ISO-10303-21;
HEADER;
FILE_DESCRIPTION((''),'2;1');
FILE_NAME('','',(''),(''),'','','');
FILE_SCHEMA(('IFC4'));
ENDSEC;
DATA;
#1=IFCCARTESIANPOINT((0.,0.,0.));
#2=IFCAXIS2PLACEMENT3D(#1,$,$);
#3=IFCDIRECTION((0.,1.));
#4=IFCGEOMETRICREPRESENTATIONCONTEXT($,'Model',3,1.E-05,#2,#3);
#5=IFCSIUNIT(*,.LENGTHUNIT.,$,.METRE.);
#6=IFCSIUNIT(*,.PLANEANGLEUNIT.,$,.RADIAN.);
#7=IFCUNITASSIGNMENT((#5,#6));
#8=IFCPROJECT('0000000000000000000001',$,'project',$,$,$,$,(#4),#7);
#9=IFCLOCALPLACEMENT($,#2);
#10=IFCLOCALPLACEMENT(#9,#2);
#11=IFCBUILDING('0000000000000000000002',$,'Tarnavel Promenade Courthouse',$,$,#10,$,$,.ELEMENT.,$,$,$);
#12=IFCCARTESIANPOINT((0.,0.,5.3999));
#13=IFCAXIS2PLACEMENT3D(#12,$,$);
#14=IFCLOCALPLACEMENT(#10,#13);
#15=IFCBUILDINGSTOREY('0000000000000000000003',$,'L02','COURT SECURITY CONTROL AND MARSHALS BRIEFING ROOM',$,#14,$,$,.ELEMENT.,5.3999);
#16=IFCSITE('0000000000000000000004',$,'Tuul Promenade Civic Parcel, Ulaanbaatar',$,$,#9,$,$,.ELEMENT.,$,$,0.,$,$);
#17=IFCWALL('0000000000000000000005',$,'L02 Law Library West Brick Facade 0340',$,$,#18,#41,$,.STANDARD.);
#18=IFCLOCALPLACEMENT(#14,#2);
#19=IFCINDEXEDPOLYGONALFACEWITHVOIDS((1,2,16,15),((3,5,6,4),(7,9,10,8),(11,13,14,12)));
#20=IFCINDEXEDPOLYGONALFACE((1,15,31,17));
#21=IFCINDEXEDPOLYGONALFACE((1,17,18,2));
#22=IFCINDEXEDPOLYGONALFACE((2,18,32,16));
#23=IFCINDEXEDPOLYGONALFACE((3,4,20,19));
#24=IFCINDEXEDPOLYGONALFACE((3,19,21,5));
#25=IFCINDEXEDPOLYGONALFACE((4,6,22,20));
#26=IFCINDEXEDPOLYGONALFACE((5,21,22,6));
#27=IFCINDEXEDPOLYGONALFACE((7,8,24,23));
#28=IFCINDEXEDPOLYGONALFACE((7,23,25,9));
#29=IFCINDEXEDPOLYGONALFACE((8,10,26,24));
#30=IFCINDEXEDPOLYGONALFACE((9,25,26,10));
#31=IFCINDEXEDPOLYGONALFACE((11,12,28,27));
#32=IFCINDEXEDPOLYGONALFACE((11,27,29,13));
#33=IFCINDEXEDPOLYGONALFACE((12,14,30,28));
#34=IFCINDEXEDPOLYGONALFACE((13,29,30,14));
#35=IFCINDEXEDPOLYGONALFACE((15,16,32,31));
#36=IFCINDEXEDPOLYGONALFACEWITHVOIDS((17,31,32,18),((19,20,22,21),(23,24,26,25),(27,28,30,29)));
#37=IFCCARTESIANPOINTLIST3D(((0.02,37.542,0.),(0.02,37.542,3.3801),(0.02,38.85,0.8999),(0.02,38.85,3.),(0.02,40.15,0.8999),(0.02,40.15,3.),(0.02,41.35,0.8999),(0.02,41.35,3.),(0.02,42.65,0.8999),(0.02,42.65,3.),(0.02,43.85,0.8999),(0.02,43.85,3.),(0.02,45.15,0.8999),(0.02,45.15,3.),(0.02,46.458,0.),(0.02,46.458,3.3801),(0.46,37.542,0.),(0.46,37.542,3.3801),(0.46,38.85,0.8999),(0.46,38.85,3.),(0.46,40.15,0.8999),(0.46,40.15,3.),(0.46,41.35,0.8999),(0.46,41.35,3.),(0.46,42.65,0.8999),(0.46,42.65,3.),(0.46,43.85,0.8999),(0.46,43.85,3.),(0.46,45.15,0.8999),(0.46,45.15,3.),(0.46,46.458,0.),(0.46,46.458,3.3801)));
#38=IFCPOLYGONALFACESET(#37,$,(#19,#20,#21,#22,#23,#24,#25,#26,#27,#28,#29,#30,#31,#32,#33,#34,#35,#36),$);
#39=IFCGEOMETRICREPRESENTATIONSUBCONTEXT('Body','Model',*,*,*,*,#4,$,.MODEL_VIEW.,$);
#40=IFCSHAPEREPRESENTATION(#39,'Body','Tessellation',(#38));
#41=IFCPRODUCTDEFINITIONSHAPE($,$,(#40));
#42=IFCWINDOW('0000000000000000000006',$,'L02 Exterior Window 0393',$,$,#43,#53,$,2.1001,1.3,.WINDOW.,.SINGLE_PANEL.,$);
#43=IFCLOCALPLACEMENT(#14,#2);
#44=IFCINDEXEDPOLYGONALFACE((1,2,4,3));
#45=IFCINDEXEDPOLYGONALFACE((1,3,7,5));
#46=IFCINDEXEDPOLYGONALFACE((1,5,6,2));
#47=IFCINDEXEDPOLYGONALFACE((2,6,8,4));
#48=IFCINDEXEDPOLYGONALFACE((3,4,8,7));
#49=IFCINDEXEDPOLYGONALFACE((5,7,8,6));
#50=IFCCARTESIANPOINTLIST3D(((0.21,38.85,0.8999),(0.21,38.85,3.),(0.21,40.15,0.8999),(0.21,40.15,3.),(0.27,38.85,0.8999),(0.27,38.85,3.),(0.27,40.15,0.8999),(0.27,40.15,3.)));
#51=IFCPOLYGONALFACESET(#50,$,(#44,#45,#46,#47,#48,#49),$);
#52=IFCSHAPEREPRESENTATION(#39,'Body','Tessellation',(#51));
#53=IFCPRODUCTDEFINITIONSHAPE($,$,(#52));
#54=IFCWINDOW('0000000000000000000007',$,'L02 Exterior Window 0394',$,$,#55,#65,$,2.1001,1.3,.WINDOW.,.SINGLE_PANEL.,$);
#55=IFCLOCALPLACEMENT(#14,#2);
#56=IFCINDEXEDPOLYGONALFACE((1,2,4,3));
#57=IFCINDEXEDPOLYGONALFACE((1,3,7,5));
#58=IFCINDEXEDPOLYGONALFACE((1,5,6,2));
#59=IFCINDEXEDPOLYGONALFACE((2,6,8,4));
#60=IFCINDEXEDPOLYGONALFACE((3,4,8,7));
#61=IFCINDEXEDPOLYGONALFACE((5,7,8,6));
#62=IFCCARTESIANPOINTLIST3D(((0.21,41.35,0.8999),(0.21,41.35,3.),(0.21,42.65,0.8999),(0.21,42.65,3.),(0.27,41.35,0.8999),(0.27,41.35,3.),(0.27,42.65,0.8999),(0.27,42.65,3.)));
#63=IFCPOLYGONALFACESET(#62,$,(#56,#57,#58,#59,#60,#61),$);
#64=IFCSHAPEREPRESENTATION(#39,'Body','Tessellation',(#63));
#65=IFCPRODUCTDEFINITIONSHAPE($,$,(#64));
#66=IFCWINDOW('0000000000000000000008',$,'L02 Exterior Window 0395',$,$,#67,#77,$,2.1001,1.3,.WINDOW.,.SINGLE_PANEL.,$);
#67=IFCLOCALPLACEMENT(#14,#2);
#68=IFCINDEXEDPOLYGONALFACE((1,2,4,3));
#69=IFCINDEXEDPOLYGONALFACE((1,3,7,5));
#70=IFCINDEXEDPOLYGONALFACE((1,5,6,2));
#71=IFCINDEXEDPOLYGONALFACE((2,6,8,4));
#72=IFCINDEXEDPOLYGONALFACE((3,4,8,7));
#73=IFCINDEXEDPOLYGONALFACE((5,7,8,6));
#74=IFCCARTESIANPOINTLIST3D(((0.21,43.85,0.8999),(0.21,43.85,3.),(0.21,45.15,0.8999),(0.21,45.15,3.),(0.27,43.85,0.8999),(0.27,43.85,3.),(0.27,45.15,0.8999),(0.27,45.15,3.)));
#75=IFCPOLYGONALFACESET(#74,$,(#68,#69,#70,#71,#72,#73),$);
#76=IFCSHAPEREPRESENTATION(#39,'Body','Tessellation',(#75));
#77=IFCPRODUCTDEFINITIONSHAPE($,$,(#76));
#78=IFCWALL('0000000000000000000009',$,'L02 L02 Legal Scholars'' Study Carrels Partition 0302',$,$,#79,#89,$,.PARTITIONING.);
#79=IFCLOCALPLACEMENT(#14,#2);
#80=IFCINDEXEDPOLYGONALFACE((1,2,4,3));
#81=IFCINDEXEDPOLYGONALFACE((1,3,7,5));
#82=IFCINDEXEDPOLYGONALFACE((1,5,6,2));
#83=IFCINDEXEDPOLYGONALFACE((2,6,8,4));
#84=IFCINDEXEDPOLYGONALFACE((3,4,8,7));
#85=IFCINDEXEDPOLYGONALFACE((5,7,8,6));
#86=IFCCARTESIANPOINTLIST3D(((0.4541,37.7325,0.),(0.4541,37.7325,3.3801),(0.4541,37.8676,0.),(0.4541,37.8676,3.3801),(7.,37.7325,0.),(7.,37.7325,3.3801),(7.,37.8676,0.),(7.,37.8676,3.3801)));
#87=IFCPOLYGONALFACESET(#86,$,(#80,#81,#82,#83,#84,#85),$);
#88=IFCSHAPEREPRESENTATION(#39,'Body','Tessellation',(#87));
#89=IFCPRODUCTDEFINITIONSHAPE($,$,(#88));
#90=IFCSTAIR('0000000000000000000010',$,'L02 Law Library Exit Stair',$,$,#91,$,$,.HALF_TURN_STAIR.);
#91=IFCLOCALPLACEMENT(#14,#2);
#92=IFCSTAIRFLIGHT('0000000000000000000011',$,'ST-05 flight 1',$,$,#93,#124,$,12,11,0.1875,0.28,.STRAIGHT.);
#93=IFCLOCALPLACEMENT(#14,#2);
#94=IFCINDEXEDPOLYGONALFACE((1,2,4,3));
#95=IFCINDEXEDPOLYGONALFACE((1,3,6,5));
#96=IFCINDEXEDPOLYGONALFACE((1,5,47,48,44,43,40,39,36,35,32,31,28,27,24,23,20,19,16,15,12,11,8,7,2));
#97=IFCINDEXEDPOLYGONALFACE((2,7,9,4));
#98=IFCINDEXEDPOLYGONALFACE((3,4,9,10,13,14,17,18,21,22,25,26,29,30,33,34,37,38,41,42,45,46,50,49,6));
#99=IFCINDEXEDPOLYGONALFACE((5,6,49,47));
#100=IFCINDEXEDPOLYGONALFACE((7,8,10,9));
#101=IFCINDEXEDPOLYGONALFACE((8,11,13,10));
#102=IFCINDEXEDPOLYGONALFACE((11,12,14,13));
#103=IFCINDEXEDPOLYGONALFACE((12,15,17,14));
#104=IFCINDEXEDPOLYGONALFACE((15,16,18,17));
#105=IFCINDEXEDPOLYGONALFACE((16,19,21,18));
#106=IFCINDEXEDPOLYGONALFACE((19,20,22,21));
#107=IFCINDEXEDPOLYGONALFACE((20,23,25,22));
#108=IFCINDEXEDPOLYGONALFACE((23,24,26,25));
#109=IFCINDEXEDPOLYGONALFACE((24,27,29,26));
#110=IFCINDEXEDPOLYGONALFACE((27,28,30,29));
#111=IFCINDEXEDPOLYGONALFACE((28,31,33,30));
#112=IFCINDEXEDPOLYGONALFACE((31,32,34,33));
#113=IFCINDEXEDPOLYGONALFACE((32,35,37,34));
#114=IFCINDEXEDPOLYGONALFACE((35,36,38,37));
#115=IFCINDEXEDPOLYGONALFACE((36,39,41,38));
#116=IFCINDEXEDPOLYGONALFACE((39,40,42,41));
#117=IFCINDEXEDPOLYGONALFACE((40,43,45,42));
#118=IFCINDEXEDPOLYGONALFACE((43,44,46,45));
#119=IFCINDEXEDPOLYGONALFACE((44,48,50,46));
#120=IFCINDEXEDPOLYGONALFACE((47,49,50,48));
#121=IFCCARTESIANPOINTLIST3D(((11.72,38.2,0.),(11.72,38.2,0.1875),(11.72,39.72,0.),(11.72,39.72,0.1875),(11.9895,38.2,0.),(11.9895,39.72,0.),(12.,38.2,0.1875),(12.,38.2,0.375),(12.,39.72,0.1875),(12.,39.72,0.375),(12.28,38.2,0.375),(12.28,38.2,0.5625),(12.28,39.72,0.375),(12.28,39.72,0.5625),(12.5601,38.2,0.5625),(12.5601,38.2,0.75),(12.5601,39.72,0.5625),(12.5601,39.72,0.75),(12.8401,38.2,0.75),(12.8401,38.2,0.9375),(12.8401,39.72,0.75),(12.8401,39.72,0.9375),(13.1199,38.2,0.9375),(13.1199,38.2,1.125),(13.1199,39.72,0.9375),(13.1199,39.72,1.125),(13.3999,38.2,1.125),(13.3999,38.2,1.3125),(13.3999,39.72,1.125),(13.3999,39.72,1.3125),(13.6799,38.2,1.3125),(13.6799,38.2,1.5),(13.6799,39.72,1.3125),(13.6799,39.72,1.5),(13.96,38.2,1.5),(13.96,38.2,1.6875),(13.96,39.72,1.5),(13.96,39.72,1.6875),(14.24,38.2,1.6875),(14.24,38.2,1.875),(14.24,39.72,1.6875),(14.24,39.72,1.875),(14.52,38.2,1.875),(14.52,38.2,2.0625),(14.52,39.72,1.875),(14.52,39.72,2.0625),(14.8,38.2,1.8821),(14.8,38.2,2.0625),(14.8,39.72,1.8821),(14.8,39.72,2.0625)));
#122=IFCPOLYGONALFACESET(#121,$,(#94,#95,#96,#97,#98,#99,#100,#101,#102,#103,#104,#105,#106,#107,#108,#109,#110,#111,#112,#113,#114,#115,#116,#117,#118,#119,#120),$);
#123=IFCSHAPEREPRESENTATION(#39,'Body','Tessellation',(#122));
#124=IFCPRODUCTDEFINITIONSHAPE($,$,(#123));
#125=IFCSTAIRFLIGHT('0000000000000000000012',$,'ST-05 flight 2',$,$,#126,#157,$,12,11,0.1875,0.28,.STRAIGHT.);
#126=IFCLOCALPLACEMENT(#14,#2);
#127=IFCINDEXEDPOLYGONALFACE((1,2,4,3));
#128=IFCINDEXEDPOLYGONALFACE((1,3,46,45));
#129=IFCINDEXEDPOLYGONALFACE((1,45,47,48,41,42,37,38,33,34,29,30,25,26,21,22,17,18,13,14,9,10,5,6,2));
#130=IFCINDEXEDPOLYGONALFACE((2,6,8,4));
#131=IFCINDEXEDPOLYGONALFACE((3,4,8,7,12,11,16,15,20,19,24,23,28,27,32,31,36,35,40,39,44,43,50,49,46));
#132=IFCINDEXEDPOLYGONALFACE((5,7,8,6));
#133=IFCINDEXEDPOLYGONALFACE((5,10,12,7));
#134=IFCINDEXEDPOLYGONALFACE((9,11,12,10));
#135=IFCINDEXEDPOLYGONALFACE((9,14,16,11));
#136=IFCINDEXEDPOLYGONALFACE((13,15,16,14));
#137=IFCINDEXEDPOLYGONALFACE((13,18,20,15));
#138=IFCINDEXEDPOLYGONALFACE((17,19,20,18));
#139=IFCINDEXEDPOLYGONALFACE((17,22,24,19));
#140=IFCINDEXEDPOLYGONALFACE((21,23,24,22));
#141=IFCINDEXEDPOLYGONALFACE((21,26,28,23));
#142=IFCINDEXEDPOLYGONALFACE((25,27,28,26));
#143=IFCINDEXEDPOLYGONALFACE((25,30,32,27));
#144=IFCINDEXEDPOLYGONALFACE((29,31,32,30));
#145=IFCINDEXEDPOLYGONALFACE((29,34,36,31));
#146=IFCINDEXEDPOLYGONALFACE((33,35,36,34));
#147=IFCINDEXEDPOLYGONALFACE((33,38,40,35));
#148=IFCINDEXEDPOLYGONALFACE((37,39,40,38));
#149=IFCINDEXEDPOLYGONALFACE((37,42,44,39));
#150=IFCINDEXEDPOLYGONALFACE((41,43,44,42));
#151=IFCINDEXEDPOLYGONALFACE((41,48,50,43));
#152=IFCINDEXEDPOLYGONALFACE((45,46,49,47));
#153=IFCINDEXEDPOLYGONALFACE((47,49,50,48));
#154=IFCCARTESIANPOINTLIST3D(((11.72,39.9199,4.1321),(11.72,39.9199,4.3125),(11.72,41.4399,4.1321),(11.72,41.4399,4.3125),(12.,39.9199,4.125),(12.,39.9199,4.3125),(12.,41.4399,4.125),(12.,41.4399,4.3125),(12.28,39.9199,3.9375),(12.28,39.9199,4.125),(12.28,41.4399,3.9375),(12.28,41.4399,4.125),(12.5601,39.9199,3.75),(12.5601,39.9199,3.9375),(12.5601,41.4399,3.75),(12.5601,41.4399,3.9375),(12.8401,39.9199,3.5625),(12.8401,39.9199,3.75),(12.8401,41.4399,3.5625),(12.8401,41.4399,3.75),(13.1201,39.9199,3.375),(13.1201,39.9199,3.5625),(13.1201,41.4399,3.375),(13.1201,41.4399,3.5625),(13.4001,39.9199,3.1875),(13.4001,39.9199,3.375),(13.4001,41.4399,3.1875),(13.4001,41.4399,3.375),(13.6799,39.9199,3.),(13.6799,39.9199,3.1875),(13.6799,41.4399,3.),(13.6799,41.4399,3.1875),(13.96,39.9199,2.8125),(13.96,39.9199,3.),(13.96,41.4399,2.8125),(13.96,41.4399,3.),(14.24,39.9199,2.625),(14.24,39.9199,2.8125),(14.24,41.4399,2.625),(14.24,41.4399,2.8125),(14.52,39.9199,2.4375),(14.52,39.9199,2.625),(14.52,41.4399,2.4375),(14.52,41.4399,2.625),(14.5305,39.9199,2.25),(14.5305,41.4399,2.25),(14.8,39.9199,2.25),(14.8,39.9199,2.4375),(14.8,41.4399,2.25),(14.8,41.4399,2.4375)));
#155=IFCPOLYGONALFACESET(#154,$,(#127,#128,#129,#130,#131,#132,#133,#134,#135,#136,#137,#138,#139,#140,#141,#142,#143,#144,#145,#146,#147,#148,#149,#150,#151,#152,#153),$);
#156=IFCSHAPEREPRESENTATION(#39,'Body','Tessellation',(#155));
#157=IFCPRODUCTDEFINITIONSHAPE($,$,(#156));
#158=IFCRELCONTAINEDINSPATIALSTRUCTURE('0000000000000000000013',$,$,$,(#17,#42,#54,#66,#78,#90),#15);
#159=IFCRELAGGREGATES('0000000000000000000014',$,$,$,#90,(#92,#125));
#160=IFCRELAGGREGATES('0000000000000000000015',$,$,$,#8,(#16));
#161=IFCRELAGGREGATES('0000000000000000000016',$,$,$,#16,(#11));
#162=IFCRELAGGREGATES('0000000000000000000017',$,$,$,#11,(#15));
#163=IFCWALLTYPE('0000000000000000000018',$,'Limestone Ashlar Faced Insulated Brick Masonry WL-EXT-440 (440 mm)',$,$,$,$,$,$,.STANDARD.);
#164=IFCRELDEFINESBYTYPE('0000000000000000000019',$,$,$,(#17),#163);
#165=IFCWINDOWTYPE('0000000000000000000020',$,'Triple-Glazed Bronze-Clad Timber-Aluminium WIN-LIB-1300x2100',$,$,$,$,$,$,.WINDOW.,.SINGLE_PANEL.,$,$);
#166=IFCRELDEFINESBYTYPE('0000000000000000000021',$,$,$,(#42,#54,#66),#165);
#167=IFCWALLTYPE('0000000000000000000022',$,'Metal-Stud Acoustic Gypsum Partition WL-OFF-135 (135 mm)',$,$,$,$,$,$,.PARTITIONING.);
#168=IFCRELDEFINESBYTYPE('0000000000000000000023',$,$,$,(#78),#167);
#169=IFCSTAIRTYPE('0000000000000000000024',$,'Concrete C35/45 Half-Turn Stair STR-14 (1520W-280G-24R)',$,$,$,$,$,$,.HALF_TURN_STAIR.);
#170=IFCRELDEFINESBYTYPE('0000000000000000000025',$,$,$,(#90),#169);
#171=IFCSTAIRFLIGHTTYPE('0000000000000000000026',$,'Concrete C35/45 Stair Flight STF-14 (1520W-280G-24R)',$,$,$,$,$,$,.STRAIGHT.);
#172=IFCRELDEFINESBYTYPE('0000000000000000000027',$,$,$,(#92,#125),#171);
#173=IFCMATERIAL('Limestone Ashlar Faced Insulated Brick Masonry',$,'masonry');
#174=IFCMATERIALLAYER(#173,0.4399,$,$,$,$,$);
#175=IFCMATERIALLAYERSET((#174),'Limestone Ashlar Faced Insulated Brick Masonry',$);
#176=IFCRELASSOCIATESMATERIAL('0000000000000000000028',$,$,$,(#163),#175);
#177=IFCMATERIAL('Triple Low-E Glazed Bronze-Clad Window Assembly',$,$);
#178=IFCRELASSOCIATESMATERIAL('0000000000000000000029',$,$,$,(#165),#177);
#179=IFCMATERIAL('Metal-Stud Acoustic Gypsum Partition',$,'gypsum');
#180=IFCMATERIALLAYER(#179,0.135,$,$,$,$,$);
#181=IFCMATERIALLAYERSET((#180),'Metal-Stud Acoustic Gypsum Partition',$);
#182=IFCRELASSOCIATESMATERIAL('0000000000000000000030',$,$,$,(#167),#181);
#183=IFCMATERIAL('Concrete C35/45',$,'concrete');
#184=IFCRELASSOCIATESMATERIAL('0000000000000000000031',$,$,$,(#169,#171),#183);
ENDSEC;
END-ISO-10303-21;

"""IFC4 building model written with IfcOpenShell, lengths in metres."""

from ifc_helpers import new_model, si_unit, direction, frame, frame_2d, origin, place, context, subcontext, project, spatial, polyline, rectangle, outline, extrude, material, layer, layer_set, type_object, element, fill, aggregate, save


model = new_model("IFC4")

# Units and contexts
model_context = context("Model", 3, precision=1e-05, world=origin(), true_north=direction((0.0, 1.0)))
body_context = subcontext(model_context, "Body", "Model", "MODEL_VIEW")
ifc_project = project(units=[si_unit("LENGTHUNIT", "METRE"), si_unit("PLANEANGLEUNIT", "RADIAN")], contexts=[model_context])

# Site, building, storey
site_placement = place(None, origin())
site = spatial("IfcSite", under=ifc_project, at=site_placement, Name="Tuul Promenade Civic Parcel, Ulaanbaatar", CompositionType="ELEMENT", RefElevation=0.0)
building_placement = place(site_placement, origin())
building = spatial("IfcBuilding", under=site, at=building_placement, Name="Tarnavel Promenade Courthouse", CompositionType="ELEMENT")
storey_placement = place(building_placement, frame((0.0, 0.0, 5.3999)))
storey = spatial("IfcBuildingStorey", under=building, at=storey_placement, Name="L02", Description="COURT SECURITY CONTROL AND MARSHALS BRIEFING ROOM", CompositionType="ELEMENT", Elevation=5.3999)

# Wall, openings, windows
ifc_material_1 = material(Name="Limestone Ashlar Faced Insulated Brick Masonry", Category="masonry")
ifc_layer_1 = layer(ifc_material_1, 0.4399)
ifc_layer_set_1 = layer_set([ifc_layer_1], Name="Limestone Ashlar Faced Insulated Brick Masonry")
wall_type_1 = type_object("IfcWallType", Name="Limestone Ashlar Faced Insulated Brick Masonry WL-EXT-440 (440 mm)", PredefinedType="STANDARD", material=ifc_layer_set_1)
wall_1_placement = place(storey_placement, frame((0.24, 37.542, 0.0), z_axis=(0.0, 0.0, 1.0), x_axis=(0.0, 1.0, 0.0)))
wall_1 = element("IfcWall", 1, at=wall_1_placement, inside=storey, type_object=wall_type_1, Name="L02 Law Library West Brick Facade 0340", PredefinedType="STANDARD", context=body_context, shape_type="SweptSolid", body=[
    extrude(rectangle(XDim=8.916, YDim=0.4399, at=frame_2d((4.458, 0.0))), origin(), (0.0, 0.0, 1.0), 3.3801),
])
opening_1_placement = place(wall_1_placement, frame((1.3081, 0.0, 0.8999)))
opening_1 = element("IfcOpeningElement", 2, at=opening_1_placement, cuts=wall_1, PredefinedType="OPENING", context=body_context, shape_type="SweptSolid", body=[
    extrude(rectangle(XDim=1.3, YDim=2.1001, at=frame_2d((0.6499, 1.05))), frame((0.0, 0.23, 0.0), z_axis=(0.0, -1.0, 0.0), x_axis=(1.0, 0.0, 0.0)), (0.0, 0.0, 1.0), 0.46),
])
opening_2_placement = place(wall_1_placement, frame((3.8081, 0.0, 0.8999)))
opening_2 = element("IfcOpeningElement", 3, at=opening_2_placement, cuts=wall_1, PredefinedType="OPENING", context=body_context, shape_type="SweptSolid", body=[
    extrude(rectangle(XDim=1.3, YDim=2.1001, at=frame_2d((0.6499, 1.05))), frame((0.0, 0.23, 0.0), z_axis=(0.0, -1.0, 0.0), x_axis=(1.0, 0.0, 0.0)), (0.0, 0.0, 1.0), 0.46),
])
opening_3_placement = place(wall_1_placement, frame((6.3081, 0.0, 0.8999)))
opening_3 = element("IfcOpeningElement", 4, at=opening_3_placement, cuts=wall_1, PredefinedType="OPENING", context=body_context, shape_type="SweptSolid", body=[
    extrude(rectangle(XDim=1.3, YDim=2.1001, at=frame_2d((0.6499, 1.05))), frame((0.0, 0.23, 0.0), z_axis=(0.0, -1.0, 0.0), x_axis=(1.0, 0.0, 0.0)), (0.0, 0.0, 1.0), 0.46),
])
ifc_material_2 = material(Name="Triple Low-E Glazed Bronze-Clad Window Assembly")
window_type = type_object("IfcWindowType", Name="Triple-Glazed Bronze-Clad Timber-Aluminium WIN-LIB-1300x2100", PartitioningType="SINGLE_PANEL", PredefinedType="WINDOW", material=ifc_material_2)
window_1_placement = place(opening_1_placement, origin())
window_1 = element("IfcWindow", 5, at=window_1_placement, inside=storey, type_object=window_type, Name="L02 Exterior Window 0393", OverallHeight=2.1001, OverallWidth=1.3, PartitioningType="SINGLE_PANEL", PredefinedType="WINDOW", context=body_context, shape_type="SweptSolid", body=[
    extrude(rectangle(XDim=1.3, YDim=2.1001, at=frame_2d((0.6499, 1.05))), frame((0.0, 0.03, 0.0), z_axis=(0.0, -1.0, 0.0), x_axis=(1.0, 0.0, 0.0)), (0.0, 0.0, 1.0), 0.0601),
])
fill(opening_1, window_1)
window_2_placement = place(opening_2_placement, origin())
window_2 = element("IfcWindow", 6, at=window_2_placement, inside=storey, type_object=window_type, Name="L02 Exterior Window 0394", OverallHeight=2.1001, OverallWidth=1.3, PartitioningType="SINGLE_PANEL", PredefinedType="WINDOW", context=body_context, shape_type="SweptSolid", body=[
    extrude(rectangle(XDim=1.3, YDim=2.1001, at=frame_2d((0.6499, 1.05))), frame((0.0, 0.03, 0.0), z_axis=(0.0, -1.0, 0.0), x_axis=(1.0, 0.0, 0.0)), (0.0, 0.0, 1.0), 0.0601),
])
fill(opening_2, window_2)
window_3_placement = place(opening_3_placement, origin())
window_3 = element("IfcWindow", 7, at=window_3_placement, inside=storey, type_object=window_type, Name="L02 Exterior Window 0395", OverallHeight=2.1001, OverallWidth=1.3, PartitioningType="SINGLE_PANEL", PredefinedType="WINDOW", context=body_context, shape_type="SweptSolid", body=[
    extrude(rectangle(XDim=1.3, YDim=2.1001, at=frame_2d((0.6499, 1.05))), frame((0.0, 0.03, 0.0), z_axis=(0.0, -1.0, 0.0), x_axis=(1.0, 0.0, 0.0)), (0.0, 0.0, 1.0), 0.0601),
])
fill(opening_3, window_3)

# Wall
ifc_material_3 = material(Name="Metal-Stud Acoustic Gypsum Partition", Category="gypsum")
ifc_layer_2 = layer(ifc_material_3, 0.135)
ifc_layer_set_2 = layer_set([ifc_layer_2], Name="Metal-Stud Acoustic Gypsum Partition")
wall_type_2 = type_object("IfcWallType", Name="Metal-Stud Acoustic Gypsum Partition WL-OFF-135 (135 mm)", PredefinedType="PARTITIONING", material=ifc_layer_set_2)
wall_2_placement = place(storey_placement, frame((7.0, 37.8, 0.0), z_axis=(0.0, 0.0, 1.0), x_axis=(-1.0, 0.0, 0.0)))
element("IfcWall", 8, at=wall_2_placement, inside=storey, type_object=wall_type_2, Name="L02 L02 Legal Scholars' Study Carrels Partition 0302", PredefinedType="PARTITIONING", context=body_context, shape_type="SweptSolid", body=[
    extrude(rectangle(XDim=6.5459, YDim=0.135, at=frame_2d((3.2729, 0.0))), origin(), (0.0, 0.0, 1.0), 3.3801),
])

# Stair, stair flights
ifc_material_4 = material(Name="Concrete C35/45", Category="concrete")
stair_type = type_object("IfcStairType", Name="Concrete C35/45 Half-Turn Stair STR-14 (1520W-280G-24R)", PredefinedType="HALF_TURN_STAIR", material=ifc_material_4)
stair_placement = place(storey_placement, origin())
stair = element("IfcStair", 9, at=stair_placement, inside=storey, type_object=stair_type, Name="L02 Law Library Exit Stair", PredefinedType="HALF_TURN_STAIR")
stair_flight_type = type_object("IfcStairFlightType", Name="Concrete C35/45 Stair Flight STF-14 (1520W-280G-24R)", PredefinedType="STRAIGHT", material=ifc_material_4)
stair_flight_1_placement = place(storey_placement, frame((11.72, 38.96, 0.0), z_axis=(0.0, 0.0, 1.0), x_axis=(1.0, 0.0, 0.0)))
stair_flight_1 = element("IfcStairFlight", 10, at=stair_flight_1_placement, type_object=stair_flight_type, Name="ST-05 flight 1", NumberOfRisers=12, NumberOfTreads=11, PredefinedType="STRAIGHT", RiserHeight=0.1875, TreadLength=0.28, context=body_context, shape_type="SweptSolid", body=[
    extrude(outline(polyline([(0.0, 0.0), (0.0, 0.1875), (0.28, 0.1875), (0.28, 0.375), (0.5601, 0.375), (0.5601, 0.5625), (0.8401, 0.5625), (0.8401, 0.75), (1.1201, 0.75), (1.1201, 0.9375), (1.3999, 0.9375), (1.3999, 1.125), (1.6799, 1.125), (1.6799, 1.3125), (1.96, 1.3125), (1.96, 1.5), (2.24, 1.5), (2.24, 1.6875), (2.52, 1.6875), (2.52, 1.875), (2.8, 1.875), (2.8, 2.0625), (3.0801, 2.0625), (3.0801, 2.25), (3.0801, 1.8821), (0.2695, 0.0), (0.0, 0.0)])), frame((0.0, 0.76, 0.0), z_axis=(0.0, -1.0, 0.0), x_axis=(1.0, 0.0, 0.0)), (0.0, 0.0, 1.0), 1.52),
])
stair_flight_2_placement = place(storey_placement, frame((14.8, 40.6799, 2.25), z_axis=(0.0, 0.0, 1.0), x_axis=(-1.0, 0.0, 0.0)))
stair_flight_2 = element("IfcStairFlight", 11, at=stair_flight_2_placement, type_object=stair_flight_type, Name="ST-05 flight 2", NumberOfRisers=12, NumberOfTreads=11, PredefinedType="STRAIGHT", RiserHeight=0.1875, TreadLength=0.28, context=body_context, shape_type="SweptSolid", body=[
    extrude(outline(polyline([(0.0, 0.0), (0.0, 0.1875), (0.28, 0.1875), (0.28, 0.375), (0.5601, 0.375), (0.5601, 0.5625), (0.8401, 0.5625), (0.8401, 0.75), (1.1201, 0.75), (1.1201, 0.9375), (1.3999, 0.9375), (1.3999, 1.125), (1.6799, 1.125), (1.6799, 1.3125), (1.96, 1.3125), (1.96, 1.5), (2.24, 1.5), (2.24, 1.6875), (2.52, 1.6875), (2.52, 1.875), (2.8, 1.875), (2.8, 2.0625), (3.0801, 2.0625), (3.0801, 2.25), (3.0801, 1.8821), (0.2695, 0.0), (0.0, 0.0)])), frame((0.0, 0.76, 0.0), z_axis=(0.0, -1.0, 0.0), x_axis=(1.0, 0.0, 0.0)), (0.0, 0.0, 1.0), 1.52),
])
aggregate(stair, [stair_flight_1, stair_flight_2])

save(model, "model.ifc")
